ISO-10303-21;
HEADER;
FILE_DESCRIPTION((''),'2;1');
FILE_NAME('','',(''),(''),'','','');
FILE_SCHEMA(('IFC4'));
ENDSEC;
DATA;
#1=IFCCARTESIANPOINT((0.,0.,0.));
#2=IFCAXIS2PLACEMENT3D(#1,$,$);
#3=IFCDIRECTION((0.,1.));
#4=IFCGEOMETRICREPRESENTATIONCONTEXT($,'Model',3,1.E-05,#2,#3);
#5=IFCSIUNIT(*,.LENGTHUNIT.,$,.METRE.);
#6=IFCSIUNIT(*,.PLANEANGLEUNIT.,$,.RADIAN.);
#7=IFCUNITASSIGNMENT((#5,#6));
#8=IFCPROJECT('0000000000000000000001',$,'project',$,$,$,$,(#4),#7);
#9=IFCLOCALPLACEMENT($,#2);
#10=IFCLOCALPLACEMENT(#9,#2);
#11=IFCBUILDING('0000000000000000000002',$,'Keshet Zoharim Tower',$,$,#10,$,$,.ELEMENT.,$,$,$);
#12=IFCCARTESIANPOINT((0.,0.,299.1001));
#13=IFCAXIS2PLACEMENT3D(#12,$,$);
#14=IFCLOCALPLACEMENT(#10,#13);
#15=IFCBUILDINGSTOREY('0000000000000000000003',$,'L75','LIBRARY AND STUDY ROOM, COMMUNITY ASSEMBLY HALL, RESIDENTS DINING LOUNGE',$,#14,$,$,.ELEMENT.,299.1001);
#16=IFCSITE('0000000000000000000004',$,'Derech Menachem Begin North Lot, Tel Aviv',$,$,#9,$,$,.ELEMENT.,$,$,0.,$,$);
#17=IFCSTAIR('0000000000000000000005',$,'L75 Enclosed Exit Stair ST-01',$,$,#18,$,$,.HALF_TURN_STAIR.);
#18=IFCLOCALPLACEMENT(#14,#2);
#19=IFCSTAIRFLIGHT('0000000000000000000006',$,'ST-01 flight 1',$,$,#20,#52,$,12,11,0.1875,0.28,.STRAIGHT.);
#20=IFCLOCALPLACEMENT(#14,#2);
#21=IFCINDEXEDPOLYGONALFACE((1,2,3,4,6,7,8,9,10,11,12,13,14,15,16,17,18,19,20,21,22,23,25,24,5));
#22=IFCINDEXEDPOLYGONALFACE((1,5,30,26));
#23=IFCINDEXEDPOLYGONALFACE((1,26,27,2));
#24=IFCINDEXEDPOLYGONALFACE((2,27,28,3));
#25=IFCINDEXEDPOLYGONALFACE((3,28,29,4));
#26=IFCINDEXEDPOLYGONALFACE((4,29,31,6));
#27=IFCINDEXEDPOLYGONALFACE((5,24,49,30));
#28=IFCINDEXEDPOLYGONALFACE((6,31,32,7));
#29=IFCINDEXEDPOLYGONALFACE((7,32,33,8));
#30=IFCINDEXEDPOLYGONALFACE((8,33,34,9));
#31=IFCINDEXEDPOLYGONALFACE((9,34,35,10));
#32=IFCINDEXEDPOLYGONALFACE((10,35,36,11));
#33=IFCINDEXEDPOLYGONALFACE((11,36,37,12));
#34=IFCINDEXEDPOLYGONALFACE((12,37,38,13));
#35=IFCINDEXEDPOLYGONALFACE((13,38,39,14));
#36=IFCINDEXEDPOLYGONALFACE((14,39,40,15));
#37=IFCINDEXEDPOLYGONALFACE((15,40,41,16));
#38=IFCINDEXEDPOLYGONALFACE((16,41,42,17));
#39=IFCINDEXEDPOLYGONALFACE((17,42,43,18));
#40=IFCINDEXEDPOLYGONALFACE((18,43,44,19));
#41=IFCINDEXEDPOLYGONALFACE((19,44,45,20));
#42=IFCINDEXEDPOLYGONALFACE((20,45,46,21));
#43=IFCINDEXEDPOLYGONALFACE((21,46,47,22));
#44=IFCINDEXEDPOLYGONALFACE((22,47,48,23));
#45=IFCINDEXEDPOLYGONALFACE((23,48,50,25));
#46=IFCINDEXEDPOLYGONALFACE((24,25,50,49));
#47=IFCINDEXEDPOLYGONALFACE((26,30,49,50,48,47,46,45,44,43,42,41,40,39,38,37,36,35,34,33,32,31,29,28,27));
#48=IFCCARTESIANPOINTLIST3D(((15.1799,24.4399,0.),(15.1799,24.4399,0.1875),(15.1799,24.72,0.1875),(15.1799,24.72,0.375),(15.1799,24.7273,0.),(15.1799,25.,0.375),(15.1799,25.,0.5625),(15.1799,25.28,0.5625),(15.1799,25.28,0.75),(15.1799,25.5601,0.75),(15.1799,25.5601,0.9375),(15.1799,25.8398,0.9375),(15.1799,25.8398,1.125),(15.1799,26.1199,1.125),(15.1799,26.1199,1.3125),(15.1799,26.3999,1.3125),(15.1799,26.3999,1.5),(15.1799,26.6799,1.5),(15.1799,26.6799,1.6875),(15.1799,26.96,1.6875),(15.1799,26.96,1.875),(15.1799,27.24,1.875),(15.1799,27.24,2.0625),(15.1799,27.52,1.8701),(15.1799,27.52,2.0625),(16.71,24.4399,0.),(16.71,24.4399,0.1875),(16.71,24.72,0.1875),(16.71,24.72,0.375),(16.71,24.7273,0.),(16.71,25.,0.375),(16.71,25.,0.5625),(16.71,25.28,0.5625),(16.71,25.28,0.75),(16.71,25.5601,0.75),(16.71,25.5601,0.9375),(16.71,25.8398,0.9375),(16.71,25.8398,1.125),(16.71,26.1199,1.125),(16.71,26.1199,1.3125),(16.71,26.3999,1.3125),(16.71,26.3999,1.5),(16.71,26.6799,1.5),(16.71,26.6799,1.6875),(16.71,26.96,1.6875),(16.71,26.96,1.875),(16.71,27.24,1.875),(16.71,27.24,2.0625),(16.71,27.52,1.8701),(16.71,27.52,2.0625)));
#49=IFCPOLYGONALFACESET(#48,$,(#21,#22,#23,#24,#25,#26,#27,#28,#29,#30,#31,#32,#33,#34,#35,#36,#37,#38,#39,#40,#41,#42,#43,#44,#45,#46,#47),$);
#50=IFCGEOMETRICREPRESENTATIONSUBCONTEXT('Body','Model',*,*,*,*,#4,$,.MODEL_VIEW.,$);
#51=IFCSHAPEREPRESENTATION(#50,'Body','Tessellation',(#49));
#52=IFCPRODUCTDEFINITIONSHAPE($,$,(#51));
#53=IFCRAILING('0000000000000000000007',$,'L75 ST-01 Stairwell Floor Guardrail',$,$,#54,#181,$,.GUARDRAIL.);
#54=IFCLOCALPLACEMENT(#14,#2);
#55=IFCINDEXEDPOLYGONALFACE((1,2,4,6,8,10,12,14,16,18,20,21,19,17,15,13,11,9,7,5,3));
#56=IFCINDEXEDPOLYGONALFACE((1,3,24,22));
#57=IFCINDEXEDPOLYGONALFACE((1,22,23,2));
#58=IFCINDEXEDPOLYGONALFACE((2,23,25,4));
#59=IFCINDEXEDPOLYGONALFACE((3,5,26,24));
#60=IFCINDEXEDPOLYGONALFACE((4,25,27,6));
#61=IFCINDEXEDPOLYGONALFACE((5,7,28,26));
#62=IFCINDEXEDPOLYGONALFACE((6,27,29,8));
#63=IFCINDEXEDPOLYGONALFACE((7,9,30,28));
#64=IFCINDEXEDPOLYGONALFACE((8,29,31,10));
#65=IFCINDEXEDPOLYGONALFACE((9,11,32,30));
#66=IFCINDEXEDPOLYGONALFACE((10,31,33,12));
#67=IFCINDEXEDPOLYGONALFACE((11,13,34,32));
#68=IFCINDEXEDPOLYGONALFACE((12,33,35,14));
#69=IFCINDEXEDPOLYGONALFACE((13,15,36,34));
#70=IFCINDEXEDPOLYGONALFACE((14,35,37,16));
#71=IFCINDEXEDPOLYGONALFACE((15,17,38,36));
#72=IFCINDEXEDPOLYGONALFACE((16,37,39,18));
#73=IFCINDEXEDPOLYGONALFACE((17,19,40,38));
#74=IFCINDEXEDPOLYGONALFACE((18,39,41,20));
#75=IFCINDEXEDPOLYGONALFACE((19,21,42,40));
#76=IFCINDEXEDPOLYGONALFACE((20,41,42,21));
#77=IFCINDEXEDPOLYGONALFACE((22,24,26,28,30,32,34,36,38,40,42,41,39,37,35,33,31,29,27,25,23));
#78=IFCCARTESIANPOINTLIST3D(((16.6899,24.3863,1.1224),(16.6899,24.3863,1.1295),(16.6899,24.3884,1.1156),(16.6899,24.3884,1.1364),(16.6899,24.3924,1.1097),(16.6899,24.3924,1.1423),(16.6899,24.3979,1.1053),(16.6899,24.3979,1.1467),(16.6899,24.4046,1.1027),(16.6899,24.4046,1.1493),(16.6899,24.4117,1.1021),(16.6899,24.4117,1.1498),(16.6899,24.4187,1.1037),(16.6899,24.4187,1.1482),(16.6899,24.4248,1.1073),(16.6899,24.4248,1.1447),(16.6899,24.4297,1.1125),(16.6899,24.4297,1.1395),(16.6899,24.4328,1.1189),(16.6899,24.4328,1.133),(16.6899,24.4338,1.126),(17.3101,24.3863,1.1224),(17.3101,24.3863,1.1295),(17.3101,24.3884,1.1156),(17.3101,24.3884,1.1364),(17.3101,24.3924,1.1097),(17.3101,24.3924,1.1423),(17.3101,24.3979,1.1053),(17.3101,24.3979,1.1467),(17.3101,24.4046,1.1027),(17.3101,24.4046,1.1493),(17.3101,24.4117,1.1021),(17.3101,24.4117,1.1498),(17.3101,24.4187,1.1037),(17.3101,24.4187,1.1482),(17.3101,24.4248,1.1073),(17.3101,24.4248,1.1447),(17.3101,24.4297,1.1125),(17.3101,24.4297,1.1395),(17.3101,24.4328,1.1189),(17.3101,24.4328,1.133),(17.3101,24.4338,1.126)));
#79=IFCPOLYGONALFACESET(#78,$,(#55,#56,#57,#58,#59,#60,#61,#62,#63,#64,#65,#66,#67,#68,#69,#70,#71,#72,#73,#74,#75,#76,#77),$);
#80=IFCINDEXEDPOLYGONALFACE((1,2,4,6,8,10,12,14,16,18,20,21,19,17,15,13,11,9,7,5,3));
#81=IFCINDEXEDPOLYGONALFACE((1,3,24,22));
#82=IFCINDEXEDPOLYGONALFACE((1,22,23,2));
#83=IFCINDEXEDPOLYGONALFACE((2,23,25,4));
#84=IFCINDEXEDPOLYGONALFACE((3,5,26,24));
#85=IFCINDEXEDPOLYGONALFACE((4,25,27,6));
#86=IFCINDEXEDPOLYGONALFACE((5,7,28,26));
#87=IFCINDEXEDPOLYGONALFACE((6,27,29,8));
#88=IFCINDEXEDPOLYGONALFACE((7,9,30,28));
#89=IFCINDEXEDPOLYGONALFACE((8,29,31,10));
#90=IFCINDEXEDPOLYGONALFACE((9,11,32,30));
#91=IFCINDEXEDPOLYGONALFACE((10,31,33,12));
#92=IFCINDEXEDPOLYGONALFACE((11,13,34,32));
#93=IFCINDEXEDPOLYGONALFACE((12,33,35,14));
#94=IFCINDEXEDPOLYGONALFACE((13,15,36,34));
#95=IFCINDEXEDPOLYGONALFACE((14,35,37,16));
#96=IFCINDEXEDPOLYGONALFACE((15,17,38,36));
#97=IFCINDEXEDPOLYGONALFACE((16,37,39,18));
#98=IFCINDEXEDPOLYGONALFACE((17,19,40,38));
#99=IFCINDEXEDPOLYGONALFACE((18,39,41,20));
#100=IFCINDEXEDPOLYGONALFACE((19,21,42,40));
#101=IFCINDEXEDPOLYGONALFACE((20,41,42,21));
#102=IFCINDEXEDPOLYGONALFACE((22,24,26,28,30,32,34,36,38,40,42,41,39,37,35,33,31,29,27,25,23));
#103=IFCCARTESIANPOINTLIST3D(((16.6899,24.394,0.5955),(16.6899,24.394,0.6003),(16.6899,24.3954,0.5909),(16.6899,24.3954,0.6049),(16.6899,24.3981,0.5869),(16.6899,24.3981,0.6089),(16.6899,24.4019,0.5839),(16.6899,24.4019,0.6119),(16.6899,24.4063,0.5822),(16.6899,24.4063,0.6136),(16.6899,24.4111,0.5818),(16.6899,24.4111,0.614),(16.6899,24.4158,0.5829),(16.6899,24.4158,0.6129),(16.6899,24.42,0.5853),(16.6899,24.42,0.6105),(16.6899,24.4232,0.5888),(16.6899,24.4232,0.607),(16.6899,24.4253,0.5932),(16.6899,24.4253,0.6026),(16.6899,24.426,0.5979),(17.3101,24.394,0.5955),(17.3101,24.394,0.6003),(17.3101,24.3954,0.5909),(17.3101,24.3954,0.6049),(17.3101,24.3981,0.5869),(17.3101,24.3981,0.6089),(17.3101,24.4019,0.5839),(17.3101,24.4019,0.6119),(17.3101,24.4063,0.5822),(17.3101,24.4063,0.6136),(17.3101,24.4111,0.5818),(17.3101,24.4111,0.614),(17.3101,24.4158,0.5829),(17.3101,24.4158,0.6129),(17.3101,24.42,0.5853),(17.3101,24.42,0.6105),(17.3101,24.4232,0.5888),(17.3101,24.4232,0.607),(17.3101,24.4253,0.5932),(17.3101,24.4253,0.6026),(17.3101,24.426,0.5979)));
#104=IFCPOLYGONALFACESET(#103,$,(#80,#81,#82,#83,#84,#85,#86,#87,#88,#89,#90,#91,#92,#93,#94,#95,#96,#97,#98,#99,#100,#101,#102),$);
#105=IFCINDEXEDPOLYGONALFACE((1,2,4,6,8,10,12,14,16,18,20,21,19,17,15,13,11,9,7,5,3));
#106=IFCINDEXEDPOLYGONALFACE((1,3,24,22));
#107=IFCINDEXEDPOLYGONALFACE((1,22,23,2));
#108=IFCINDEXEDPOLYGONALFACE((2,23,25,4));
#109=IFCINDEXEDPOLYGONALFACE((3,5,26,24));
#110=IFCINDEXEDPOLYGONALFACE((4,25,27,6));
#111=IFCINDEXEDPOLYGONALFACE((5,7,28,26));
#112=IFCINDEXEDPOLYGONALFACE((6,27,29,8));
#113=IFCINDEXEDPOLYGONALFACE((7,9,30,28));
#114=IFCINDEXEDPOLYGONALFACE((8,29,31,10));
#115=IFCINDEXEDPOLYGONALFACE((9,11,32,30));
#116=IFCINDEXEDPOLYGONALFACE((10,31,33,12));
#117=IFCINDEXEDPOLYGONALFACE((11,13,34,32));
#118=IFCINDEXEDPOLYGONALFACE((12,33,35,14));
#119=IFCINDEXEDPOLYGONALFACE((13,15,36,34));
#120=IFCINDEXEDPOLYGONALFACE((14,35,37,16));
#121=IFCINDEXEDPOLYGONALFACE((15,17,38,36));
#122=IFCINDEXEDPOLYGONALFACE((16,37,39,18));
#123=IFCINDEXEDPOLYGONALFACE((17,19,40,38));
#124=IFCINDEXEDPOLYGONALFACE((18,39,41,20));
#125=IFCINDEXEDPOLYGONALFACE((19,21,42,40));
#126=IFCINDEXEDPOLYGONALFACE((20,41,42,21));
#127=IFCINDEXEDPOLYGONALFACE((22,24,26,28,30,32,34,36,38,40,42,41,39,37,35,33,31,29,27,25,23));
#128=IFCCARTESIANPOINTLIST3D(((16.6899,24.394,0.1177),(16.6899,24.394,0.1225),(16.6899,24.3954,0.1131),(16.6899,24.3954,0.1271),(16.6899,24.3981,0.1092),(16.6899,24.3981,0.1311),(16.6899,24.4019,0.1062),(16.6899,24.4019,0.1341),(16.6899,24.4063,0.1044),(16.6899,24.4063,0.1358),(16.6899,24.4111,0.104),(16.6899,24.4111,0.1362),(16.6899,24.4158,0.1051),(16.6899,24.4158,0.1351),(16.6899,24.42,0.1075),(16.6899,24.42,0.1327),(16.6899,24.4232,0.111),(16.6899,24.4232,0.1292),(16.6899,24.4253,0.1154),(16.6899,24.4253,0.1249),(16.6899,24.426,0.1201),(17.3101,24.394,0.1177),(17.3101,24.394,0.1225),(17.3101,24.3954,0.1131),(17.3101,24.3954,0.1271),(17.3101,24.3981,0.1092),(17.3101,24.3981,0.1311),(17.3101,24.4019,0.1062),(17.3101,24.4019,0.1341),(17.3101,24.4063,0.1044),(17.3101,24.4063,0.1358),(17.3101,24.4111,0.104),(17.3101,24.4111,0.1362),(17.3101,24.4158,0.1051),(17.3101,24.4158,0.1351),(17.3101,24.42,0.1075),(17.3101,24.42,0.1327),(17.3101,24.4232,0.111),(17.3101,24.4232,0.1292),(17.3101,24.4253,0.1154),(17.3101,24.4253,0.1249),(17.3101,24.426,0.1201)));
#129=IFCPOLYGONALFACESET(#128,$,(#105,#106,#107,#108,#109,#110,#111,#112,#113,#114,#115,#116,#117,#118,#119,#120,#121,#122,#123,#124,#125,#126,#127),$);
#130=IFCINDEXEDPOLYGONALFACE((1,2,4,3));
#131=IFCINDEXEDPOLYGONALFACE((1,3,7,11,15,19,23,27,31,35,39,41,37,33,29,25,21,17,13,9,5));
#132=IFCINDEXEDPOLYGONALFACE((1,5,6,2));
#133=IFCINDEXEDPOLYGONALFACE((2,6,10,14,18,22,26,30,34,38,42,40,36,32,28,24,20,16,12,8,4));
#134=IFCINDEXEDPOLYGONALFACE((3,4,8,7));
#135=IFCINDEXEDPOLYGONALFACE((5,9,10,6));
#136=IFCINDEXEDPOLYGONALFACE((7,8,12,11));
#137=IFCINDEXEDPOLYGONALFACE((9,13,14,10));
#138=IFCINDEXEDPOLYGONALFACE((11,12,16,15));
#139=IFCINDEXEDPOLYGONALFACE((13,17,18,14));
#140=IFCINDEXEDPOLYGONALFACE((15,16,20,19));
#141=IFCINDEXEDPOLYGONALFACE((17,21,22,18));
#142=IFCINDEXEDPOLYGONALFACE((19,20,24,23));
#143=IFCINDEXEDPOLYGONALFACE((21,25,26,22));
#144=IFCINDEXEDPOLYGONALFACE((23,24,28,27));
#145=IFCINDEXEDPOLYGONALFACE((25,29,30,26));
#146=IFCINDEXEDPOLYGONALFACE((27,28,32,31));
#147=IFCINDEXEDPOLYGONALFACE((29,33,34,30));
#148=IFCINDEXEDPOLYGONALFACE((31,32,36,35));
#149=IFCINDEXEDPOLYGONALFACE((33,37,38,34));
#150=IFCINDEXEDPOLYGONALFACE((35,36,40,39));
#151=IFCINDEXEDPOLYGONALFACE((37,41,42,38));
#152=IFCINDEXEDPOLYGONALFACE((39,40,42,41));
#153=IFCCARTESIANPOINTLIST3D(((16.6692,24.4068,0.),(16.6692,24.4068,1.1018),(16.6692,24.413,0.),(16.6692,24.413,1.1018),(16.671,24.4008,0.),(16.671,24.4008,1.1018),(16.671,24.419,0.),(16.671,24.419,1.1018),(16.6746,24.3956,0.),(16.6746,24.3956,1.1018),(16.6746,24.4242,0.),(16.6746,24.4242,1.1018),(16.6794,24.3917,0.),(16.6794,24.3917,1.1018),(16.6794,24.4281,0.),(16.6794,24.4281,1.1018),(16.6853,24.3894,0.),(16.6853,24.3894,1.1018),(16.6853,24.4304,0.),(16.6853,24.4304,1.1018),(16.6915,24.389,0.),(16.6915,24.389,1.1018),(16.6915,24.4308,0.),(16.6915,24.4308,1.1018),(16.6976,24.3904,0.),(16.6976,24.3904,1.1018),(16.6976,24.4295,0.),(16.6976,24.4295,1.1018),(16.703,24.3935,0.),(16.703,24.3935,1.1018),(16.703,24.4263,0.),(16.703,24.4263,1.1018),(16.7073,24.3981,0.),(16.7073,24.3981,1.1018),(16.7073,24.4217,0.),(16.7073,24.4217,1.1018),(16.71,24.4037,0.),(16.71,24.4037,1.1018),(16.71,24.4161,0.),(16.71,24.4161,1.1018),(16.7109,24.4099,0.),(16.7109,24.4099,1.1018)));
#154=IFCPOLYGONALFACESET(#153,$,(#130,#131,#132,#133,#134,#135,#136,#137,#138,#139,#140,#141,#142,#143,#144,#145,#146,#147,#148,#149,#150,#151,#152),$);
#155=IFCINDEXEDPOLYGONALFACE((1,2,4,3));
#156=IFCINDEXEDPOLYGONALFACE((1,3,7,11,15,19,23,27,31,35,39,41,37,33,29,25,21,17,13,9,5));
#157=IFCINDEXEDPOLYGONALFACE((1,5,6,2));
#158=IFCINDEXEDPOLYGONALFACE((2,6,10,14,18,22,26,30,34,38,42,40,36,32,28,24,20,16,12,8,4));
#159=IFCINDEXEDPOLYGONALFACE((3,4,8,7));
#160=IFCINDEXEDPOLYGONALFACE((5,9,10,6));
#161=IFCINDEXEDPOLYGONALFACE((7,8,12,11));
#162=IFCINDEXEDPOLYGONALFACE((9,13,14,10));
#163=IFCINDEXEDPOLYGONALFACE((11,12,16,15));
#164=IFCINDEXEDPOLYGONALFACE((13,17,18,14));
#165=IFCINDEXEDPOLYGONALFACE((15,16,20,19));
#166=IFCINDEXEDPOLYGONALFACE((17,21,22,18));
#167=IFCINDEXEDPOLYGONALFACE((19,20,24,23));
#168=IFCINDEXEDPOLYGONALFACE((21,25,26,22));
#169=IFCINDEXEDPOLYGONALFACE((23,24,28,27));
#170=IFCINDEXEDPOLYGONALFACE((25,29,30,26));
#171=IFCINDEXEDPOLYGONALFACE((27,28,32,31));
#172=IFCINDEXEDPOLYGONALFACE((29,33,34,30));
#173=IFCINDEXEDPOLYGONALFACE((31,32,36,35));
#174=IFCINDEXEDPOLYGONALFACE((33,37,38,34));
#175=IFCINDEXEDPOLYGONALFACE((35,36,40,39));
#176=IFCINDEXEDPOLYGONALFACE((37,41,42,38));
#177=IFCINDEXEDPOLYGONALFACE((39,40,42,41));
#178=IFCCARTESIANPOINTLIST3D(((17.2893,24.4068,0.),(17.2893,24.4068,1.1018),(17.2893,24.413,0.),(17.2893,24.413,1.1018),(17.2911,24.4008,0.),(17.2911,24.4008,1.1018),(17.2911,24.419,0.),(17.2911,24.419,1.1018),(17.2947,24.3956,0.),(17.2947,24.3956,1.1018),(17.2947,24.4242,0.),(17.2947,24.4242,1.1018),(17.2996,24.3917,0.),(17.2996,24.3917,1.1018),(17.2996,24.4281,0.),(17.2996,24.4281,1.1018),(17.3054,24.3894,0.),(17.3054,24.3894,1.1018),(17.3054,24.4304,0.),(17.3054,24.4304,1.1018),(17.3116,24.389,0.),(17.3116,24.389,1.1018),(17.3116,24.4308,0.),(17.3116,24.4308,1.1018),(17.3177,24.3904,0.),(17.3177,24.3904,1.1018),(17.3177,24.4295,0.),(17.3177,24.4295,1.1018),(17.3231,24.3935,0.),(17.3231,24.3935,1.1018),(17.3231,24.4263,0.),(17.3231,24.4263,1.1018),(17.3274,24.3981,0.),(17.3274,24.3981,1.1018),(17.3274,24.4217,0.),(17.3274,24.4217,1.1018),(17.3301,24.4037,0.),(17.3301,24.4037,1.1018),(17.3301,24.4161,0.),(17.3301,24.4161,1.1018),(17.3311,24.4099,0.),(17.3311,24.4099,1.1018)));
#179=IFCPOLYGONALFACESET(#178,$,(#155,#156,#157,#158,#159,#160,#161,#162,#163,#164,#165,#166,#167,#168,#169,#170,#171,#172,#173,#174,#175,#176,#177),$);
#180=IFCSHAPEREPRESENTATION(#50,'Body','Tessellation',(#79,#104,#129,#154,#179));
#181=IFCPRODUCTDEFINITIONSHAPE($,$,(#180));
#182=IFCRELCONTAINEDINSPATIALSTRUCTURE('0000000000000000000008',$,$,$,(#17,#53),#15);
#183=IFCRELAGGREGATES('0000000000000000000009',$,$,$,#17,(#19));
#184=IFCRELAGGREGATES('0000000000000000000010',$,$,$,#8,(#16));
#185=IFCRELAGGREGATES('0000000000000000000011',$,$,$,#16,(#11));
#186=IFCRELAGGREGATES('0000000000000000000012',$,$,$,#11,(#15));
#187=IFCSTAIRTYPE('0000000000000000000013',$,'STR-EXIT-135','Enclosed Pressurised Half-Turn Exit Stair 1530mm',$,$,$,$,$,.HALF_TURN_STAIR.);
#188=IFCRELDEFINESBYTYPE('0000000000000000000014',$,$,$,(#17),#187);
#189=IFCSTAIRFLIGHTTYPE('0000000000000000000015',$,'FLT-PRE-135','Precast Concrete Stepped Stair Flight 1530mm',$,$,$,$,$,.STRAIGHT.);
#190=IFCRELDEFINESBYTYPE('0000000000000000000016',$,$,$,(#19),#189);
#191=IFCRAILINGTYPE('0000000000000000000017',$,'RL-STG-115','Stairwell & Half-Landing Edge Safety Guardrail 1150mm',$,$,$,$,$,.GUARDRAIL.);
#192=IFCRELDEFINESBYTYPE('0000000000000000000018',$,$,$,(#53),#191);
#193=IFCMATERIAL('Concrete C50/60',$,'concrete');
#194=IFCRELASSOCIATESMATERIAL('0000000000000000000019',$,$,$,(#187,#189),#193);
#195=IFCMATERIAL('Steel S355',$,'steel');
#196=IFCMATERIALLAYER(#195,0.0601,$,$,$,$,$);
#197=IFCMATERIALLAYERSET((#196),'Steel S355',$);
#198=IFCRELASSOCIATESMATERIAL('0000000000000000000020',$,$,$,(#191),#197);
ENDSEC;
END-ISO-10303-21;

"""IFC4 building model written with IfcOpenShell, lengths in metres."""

from ifc_helpers import new_model, si_unit, direction, frame, origin, origin_2d, place, context, subcontext, project, spatial, polyline, circle, outline, extrude, material, layer, layer_set, type_object, element, aggregate, save


model = new_model("IFC4")

# Units and contexts
model_context = context("Model", 3, precision=1e-05, world=origin(), true_north=direction((0.0, 1.0)))
body_context = subcontext(model_context, "Body", "Model", "MODEL_VIEW")
ifc_project = project(units=[si_unit("LENGTHUNIT", "METRE"), si_unit("PLANEANGLEUNIT", "RADIAN")], contexts=[model_context])

# Site, building, storey
site_placement = place(None, origin())
site = spatial("IfcSite", under=ifc_project, at=site_placement, Name="Derech Menachem Begin North Lot, Tel Aviv", CompositionType="ELEMENT", RefElevation=0.0)
building_placement = place(site_placement, origin())
building = spatial("IfcBuilding", under=site, at=building_placement, Name="Keshet Zoharim Tower", CompositionType="ELEMENT")
storey_placement = place(building_placement, frame((0.0, 0.0, 299.1001)))
storey = spatial("IfcBuildingStorey", under=building, at=storey_placement, Name="L75", Description="LIBRARY AND STUDY ROOM, COMMUNITY ASSEMBLY HALL, RESIDENTS DINING LOUNGE", CompositionType="ELEMENT", Elevation=299.1001)

# Shared definitions
ifc_material_1 = material(Name="Concrete C50/60", Category="concrete")

# Shared definitions
ifc_material_2 = material(Name="Steel S355", Category="steel")

# Stair, stair flight
stair_type = type_object("IfcStairType", Name="STR-EXIT-135", Description="Enclosed Pressurised Half-Turn Exit Stair 1530mm", PredefinedType="HALF_TURN_STAIR", material=ifc_material_1)
stair_placement = place(storey_placement, origin())
stair = element("IfcStair", 1, at=stair_placement, inside=storey, type_object=stair_type, Name="L75 Enclosed Exit Stair ST-01", PredefinedType="HALF_TURN_STAIR")
stair_flight_type = type_object("IfcStairFlightType", Name="FLT-PRE-135", Description="Precast Concrete Stepped Stair Flight 1530mm", PredefinedType="STRAIGHT", material=ifc_material_1)
stair_flight_placement = place(storey_placement, frame((15.9451, 24.4399, 0.0), z_axis=(0.0, 0.0, 1.0), x_axis=(0.0, 1.0, 0.0)))
stair_flight = element("IfcStairFlight", 2, at=stair_flight_placement, type_object=stair_flight_type, Name="ST-01 flight 1", NumberOfRisers=12, NumberOfTreads=11, PredefinedType="STRAIGHT", RiserHeight=0.1875, TreadLength=0.28, context=body_context, shape_type="SweptSolid", body=[
    extrude(outline(polyline([(0.0, 0.0), (0.0, 0.1875), (0.28, 0.1875), (0.28, 0.375), (0.5601, 0.375), (0.5601, 0.5625), (0.8401, 0.5625), (0.8401, 0.75), (1.1201, 0.75), (1.1201, 0.9375), (1.3999, 0.9375), (1.3999, 1.125), (1.6799, 1.125), (1.6799, 1.3125), (1.96, 1.3125), (1.96, 1.5), (2.24, 1.5), (2.24, 1.6875), (2.52, 1.6875), (2.52, 1.875), (2.8, 1.875), (2.8, 2.0625), (3.0801, 2.0625), (3.0801, 2.25), (3.0801, 1.8701), (0.2874, 0.0), (0.0, 0.0)])), frame((0.0, 0.7651, 0.0), z_axis=(0.0, -1.0, 0.0), x_axis=(1.0, 0.0, 0.0)), (0.0, 0.0, 1.0), 1.53),
])
aggregate(stair, [stair_flight])

# Railing
ifc_layer_1 = layer(ifc_material_2, 0.0601)
ifc_layer_set_1 = layer_set([ifc_layer_1], Name="Steel S355")
railing_type_1 = type_object("IfcRailingType", Name="RL-STG-115", Description="Stairwell & Half-Landing Edge Safety Guardrail 1150mm", PredefinedType="GUARDRAIL", material=ifc_layer_set_1)
railing_1_placement = place(storey_placement, frame((16.6899, 24.4099, 0.0)))
element("IfcRailing", 3, at=railing_1_placement, inside=storey, type_object=railing_type_1, Name="L75 ST-01 Stairwell Floor Guardrail", PredefinedType="GUARDRAIL", context=body_context, shape_type="SweptSolid", body=[
    extrude(circle(Radius=0.0239, at=origin_2d()), frame((0.0, 0.0, 1.126), z_axis=(1.0, 0.0, 0.0), x_axis=(0.0, 1.0, 0.0)), (0.0, 0.0, 1.0), 0.6201),
    extrude(circle(Radius=0.0161, at=origin_2d()), frame((0.0, 0.0, 0.5979), z_axis=(1.0, 0.0, 0.0), x_axis=(0.0, 1.0, 0.0)), (0.0, 0.0, 1.0), 0.6201),
    extrude(circle(Radius=0.0161, at=origin_2d()), frame((0.0, 0.0, 0.1201), z_axis=(1.0, 0.0, 0.0), x_axis=(0.0, 1.0, 0.0)), (0.0, 0.0, 1.0), 0.6201),
    extrude(circle(Radius=0.021, at=origin_2d()), origin(), (0.0, 0.0, 1.0), 1.1018),
    extrude(circle(Radius=0.021, at=origin_2d()), frame((0.6201, 0.0, 0.0)), (0.0, 0.0, 1.0), 1.1018),
])

save(model, "model.ifc")
